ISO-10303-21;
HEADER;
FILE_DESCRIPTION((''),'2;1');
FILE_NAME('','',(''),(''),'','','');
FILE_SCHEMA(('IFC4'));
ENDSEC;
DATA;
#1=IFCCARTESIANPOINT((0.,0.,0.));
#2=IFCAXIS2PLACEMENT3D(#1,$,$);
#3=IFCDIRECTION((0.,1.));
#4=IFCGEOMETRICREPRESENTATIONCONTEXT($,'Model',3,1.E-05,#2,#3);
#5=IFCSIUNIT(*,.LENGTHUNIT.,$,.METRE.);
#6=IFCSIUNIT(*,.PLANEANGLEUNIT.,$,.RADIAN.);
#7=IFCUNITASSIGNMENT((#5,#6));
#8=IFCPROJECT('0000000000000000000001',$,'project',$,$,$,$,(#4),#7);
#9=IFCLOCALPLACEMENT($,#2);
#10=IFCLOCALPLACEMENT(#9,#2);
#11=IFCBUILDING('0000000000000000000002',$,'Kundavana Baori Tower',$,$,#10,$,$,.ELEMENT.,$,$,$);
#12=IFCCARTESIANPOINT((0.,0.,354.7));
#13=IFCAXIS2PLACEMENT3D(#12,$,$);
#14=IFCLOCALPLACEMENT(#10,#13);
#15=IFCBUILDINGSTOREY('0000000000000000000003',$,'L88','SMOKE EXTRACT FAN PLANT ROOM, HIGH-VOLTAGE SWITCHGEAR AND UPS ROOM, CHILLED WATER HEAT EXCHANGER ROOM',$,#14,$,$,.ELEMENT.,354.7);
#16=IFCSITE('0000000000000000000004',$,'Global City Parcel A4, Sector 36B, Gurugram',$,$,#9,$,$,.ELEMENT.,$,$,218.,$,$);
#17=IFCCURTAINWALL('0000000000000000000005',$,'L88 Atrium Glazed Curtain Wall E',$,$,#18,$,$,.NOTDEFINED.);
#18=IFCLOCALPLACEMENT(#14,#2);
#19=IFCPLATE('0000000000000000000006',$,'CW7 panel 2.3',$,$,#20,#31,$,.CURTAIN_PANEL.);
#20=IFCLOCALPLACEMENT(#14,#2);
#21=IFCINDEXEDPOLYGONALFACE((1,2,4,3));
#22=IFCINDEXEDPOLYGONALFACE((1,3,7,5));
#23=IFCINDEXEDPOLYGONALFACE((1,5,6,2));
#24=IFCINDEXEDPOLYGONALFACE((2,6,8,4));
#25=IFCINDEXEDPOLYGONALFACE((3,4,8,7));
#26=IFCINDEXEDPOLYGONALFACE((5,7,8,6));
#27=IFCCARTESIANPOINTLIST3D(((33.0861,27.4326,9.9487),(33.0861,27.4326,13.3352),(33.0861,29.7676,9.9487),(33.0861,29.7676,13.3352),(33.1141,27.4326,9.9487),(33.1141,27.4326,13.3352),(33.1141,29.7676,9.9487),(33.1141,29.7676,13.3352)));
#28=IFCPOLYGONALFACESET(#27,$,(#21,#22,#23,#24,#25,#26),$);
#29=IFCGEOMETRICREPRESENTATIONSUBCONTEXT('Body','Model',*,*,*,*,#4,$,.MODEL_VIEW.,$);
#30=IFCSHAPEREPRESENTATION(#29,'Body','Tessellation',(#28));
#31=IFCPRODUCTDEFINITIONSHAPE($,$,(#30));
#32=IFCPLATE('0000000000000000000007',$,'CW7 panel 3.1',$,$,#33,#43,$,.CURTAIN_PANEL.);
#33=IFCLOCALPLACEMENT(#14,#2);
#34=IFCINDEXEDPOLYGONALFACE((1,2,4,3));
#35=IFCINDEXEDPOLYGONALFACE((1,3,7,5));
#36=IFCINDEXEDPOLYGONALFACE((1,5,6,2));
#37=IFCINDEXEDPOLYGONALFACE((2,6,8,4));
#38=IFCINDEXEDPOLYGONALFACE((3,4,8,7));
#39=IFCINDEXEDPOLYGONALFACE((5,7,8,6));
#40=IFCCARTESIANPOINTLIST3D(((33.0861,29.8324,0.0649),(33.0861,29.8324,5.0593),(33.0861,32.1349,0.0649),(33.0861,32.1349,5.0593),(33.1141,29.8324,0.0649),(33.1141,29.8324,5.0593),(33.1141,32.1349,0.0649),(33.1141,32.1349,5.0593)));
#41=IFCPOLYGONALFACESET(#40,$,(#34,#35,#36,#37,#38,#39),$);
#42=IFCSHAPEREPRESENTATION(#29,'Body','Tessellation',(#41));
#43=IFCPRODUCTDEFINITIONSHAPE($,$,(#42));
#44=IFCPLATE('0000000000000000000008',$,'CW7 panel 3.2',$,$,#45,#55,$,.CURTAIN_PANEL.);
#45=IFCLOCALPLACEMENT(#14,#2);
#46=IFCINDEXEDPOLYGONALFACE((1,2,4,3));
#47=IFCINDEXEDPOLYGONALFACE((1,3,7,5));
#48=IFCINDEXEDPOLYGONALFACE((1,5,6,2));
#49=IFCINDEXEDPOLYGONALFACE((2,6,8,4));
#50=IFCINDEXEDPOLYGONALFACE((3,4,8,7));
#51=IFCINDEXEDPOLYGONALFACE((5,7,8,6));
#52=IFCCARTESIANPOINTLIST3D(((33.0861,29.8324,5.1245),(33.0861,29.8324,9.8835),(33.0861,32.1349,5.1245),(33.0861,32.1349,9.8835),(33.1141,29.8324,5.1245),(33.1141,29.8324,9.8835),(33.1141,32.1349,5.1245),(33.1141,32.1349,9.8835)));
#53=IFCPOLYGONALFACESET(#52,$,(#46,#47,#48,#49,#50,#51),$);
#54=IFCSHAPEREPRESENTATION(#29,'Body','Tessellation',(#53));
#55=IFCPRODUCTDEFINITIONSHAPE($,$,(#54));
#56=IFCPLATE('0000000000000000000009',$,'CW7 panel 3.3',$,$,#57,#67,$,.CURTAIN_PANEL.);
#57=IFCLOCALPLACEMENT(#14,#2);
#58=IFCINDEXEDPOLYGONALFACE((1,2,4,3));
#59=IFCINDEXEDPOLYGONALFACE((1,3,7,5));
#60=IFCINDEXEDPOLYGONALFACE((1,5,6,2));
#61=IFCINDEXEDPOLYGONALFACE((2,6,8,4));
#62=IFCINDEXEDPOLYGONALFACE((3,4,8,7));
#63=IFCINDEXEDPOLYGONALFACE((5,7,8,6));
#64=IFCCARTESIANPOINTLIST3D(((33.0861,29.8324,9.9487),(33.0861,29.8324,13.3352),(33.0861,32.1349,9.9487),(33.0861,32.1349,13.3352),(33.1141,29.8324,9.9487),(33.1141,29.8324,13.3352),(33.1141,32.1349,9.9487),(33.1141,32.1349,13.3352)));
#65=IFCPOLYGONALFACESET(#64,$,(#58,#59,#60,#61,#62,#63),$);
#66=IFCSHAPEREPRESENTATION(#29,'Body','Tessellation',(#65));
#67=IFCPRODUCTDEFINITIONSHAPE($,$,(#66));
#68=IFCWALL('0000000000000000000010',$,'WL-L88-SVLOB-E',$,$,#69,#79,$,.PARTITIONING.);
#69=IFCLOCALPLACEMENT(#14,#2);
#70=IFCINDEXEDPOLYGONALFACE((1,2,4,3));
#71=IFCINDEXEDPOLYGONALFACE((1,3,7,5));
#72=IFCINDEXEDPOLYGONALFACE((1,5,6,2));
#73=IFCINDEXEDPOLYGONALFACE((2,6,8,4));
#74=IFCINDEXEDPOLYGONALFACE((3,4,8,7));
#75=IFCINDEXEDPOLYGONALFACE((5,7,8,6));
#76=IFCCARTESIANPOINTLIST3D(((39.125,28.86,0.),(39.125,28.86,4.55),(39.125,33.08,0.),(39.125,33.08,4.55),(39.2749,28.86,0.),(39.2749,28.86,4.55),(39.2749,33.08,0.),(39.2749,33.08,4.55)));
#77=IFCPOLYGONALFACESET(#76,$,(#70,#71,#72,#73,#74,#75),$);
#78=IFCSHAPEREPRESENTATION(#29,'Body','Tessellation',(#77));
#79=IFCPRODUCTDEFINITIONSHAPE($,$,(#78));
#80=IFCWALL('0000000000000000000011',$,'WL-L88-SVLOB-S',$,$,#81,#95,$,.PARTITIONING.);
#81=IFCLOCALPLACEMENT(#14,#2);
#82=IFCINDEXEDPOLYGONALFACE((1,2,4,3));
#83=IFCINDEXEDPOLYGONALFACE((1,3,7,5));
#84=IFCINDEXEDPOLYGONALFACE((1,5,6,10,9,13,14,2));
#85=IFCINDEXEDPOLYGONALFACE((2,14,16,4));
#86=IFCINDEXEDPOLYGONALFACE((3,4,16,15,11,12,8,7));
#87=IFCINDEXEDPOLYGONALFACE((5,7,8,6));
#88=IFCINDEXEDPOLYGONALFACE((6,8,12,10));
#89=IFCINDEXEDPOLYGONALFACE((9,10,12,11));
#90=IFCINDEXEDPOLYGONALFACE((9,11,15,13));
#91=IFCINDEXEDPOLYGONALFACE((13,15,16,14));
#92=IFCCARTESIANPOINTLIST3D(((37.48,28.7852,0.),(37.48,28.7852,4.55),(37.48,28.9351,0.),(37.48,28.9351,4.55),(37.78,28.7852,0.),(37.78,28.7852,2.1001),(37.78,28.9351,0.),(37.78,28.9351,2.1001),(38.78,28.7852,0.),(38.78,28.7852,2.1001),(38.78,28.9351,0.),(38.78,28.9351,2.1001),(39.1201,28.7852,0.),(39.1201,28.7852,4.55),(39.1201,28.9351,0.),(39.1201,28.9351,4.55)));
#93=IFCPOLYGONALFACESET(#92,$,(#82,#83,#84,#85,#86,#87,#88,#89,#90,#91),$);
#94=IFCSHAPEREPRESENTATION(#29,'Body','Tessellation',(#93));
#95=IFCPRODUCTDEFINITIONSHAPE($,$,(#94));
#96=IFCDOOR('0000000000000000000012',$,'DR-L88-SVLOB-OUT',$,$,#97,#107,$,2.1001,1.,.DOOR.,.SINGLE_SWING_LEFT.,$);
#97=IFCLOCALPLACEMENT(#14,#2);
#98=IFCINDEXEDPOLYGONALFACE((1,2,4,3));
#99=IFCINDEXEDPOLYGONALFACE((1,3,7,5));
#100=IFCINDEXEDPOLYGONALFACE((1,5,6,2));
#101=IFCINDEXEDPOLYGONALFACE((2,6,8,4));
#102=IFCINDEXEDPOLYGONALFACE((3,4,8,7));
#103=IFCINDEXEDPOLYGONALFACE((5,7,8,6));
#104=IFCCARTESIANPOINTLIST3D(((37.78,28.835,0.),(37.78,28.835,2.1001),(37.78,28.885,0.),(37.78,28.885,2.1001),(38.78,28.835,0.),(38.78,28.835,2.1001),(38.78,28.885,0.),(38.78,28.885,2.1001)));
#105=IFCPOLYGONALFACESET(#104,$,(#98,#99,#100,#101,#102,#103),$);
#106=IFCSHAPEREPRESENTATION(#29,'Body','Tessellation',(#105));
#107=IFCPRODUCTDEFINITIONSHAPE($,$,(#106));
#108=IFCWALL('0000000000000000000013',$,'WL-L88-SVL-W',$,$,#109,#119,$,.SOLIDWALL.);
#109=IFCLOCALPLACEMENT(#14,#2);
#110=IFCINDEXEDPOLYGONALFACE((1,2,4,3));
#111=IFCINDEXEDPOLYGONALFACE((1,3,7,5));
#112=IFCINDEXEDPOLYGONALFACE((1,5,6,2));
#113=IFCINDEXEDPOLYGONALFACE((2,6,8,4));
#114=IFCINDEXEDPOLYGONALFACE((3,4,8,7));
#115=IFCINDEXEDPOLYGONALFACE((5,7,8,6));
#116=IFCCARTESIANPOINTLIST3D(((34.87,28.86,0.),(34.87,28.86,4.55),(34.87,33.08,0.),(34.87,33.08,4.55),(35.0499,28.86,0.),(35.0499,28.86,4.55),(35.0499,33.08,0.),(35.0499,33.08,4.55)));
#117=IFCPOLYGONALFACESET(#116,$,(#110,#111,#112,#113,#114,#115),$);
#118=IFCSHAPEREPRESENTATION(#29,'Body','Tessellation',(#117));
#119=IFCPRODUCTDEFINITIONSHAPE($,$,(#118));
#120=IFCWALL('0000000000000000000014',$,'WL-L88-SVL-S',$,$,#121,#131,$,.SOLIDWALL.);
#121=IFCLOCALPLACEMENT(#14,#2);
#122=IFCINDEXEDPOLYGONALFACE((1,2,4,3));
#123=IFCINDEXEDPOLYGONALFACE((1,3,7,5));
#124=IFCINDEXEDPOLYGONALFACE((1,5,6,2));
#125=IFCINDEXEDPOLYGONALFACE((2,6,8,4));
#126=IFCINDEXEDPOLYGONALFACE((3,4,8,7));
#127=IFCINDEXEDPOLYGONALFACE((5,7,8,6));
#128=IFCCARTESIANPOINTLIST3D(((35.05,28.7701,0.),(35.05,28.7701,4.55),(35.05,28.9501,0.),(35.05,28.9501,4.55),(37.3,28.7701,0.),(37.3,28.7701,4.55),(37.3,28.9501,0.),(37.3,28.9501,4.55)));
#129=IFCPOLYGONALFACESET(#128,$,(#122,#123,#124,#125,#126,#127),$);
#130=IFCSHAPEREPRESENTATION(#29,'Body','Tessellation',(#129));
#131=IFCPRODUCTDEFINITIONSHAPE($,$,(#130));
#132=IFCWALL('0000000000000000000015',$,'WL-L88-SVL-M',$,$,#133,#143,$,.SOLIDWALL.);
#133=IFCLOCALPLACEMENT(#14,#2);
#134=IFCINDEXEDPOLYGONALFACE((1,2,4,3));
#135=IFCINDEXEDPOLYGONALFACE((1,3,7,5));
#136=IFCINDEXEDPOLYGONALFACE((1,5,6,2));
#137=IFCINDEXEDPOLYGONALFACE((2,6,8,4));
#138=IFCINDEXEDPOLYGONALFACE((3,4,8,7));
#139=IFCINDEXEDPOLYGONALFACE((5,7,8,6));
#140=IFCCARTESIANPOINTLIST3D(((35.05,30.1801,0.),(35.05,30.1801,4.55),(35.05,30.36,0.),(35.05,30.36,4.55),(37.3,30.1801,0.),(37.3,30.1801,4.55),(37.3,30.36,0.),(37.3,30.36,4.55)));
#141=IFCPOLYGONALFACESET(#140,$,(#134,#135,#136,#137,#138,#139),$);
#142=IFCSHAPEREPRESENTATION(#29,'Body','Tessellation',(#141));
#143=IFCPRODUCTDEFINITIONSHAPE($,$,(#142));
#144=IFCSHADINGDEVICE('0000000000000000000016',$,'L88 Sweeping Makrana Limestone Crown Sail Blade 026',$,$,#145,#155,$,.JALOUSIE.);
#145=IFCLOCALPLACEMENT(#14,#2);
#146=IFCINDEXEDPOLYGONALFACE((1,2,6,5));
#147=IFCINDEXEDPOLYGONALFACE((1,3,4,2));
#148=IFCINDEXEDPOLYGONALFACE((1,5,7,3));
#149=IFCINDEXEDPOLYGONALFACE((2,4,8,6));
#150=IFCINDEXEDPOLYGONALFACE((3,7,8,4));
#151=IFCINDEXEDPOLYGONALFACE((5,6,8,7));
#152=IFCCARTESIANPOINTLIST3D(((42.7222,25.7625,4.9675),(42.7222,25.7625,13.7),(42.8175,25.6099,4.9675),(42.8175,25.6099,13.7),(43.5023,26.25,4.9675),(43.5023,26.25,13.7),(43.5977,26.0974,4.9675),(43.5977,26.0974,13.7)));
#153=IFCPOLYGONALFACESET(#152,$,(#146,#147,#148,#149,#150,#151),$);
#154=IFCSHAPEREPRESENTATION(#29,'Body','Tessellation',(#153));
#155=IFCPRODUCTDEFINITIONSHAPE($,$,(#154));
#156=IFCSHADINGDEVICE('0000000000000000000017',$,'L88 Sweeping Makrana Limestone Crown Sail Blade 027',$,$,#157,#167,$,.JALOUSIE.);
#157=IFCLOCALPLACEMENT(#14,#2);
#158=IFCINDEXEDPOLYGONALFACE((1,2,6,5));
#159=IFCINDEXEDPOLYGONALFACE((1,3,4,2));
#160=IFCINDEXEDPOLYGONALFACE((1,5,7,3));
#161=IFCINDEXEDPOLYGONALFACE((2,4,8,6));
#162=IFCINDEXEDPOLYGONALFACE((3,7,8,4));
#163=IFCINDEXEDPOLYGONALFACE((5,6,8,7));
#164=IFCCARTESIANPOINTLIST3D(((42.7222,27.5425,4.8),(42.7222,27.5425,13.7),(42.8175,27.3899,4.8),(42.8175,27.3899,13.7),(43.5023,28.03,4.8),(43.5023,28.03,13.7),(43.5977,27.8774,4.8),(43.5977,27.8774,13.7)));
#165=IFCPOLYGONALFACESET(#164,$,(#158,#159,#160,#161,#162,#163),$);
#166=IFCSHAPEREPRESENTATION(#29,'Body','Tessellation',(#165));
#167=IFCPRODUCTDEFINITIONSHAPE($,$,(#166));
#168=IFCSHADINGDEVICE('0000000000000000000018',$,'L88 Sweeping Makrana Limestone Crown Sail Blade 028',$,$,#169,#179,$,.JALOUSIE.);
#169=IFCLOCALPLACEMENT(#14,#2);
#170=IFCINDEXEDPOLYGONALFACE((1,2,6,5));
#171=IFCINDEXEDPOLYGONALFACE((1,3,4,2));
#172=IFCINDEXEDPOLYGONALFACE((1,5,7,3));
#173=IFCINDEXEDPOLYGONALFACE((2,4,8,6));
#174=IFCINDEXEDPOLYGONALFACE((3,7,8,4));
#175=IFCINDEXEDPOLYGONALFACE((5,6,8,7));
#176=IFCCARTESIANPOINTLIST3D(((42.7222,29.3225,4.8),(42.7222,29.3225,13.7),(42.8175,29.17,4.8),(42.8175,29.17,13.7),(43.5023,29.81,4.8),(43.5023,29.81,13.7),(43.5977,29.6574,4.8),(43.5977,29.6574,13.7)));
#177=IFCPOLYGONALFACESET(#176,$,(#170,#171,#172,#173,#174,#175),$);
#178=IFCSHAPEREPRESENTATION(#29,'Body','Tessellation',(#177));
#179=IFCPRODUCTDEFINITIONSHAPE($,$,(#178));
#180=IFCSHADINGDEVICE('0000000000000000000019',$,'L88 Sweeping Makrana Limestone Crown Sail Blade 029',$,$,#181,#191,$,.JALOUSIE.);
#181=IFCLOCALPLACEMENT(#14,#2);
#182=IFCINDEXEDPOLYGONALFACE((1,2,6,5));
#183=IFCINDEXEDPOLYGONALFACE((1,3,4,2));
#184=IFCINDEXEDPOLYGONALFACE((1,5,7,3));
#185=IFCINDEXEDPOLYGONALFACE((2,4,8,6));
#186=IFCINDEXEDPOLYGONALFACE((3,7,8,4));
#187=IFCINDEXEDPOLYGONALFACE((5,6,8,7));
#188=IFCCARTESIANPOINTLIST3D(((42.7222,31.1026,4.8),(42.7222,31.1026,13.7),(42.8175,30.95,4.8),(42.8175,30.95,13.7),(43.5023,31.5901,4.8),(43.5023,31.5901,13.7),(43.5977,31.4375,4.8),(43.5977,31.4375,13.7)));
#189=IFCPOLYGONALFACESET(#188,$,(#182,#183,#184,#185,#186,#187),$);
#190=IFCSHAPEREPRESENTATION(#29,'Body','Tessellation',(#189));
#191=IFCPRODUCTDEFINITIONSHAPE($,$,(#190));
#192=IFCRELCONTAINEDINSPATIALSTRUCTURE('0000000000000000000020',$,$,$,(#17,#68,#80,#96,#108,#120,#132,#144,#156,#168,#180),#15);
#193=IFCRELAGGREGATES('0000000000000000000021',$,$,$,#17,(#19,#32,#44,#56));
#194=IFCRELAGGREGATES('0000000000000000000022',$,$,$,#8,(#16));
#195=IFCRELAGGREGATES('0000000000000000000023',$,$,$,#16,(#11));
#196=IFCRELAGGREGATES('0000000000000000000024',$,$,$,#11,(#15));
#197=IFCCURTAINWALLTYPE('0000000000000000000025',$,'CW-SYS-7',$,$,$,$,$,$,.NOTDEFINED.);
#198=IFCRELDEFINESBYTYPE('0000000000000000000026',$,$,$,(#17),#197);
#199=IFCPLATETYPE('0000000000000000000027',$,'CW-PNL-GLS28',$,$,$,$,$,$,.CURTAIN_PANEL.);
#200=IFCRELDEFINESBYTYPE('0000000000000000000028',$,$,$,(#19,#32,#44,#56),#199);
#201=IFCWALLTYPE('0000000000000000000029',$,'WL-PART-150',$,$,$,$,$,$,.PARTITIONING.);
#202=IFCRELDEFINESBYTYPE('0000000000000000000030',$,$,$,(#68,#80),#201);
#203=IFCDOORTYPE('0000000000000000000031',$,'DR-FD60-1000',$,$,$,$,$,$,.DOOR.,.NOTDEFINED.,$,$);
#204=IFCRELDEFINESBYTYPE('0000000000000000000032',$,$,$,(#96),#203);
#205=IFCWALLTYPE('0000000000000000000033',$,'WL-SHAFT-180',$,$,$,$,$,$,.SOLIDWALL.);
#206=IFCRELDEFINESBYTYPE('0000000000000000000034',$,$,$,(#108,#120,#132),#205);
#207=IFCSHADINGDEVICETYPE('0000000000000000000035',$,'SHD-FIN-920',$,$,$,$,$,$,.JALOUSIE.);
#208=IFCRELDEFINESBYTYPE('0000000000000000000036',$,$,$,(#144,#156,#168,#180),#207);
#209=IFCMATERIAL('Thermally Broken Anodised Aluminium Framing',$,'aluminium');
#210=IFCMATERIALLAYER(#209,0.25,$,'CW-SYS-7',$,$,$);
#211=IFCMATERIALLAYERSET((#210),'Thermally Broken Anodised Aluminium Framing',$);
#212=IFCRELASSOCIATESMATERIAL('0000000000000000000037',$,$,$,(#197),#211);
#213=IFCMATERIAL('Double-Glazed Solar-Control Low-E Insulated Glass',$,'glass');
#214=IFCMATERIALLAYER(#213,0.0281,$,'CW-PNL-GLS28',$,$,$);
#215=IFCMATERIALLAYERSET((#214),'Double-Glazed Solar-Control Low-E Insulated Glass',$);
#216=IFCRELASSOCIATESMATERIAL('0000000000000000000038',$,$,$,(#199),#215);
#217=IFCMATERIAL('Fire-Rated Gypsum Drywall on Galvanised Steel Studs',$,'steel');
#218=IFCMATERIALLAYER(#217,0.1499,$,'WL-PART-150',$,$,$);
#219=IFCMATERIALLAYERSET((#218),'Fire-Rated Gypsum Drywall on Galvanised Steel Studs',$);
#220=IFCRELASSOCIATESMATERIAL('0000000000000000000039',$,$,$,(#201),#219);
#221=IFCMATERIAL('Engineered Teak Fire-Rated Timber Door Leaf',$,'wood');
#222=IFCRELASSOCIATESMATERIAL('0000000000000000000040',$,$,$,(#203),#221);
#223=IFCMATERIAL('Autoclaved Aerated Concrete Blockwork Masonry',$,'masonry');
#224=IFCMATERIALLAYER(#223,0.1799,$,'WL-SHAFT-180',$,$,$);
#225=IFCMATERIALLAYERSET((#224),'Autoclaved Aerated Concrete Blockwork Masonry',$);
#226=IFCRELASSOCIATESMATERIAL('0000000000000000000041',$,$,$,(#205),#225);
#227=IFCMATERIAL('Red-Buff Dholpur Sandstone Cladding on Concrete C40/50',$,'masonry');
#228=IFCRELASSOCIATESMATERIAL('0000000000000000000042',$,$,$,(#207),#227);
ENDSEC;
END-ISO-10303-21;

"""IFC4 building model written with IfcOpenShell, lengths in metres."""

from ifc_helpers import new_model, si_unit, direction, frame, frame_2d, origin, origin_2d, place, context, subcontext, project, spatial, rectangle, extrude, material, layer, layer_set, type_object, element, fill, aggregate, save


model = new_model("IFC4")

# Units and contexts
model_context = context("Model", 3, precision=1e-05, world=origin(), true_north=direction((0.0, 1.0)))
body_context = subcontext(model_context, "Body", "Model", "MODEL_VIEW")
ifc_project = project(units=[si_unit("LENGTHUNIT", "METRE"), si_unit("PLANEANGLEUNIT", "RADIAN")], contexts=[model_context])

# Site, building, storey
site_placement = place(None, origin())
site = spatial("IfcSite", under=ifc_project, at=site_placement, Name="Global City Parcel A4, Sector 36B, Gurugram", CompositionType="ELEMENT", RefElevation=218.0)
building_placement = place(site_placement, origin())
building = spatial("IfcBuilding", under=site, at=building_placement, Name="Kundavana Baori Tower", CompositionType="ELEMENT")
storey_placement = place(building_placement, frame((0.0, 0.0, 354.7)))
storey = spatial("IfcBuildingStorey", under=building, at=storey_placement, Name="L88", Description="SMOKE EXTRACT FAN PLANT ROOM, HIGH-VOLTAGE SWITCHGEAR AND UPS ROOM, CHILLED WATER HEAT EXCHANGER ROOM", CompositionType="ELEMENT", Elevation=354.7)

# Curtain wall, plates
ifc_material_1 = material(Name="Thermally Broken Anodised Aluminium Framing", Category="aluminium")
ifc_layer_1 = layer(ifc_material_1, 0.25, Name="CW-SYS-7")
ifc_layer_set_1 = layer_set([ifc_layer_1], Name="Thermally Broken Anodised Aluminium Framing")
curtain_wall_type = type_object("IfcCurtainWallType", Name="CW-SYS-7", PredefinedType="NOTDEFINED", material=ifc_layer_set_1)
curtain_wall_placement = place(storey_placement, origin())
curtain_wall = element("IfcCurtainWall", 1, at=curtain_wall_placement, inside=storey, type_object=curtain_wall_type, Name="L88 Atrium Glazed Curtain Wall E", PredefinedType="NOTDEFINED")
ifc_material_2 = material(Name="Double-Glazed Solar-Control Low-E Insulated Glass", Category="glass")
ifc_layer_2 = layer(ifc_material_2, 0.0281, Name="CW-PNL-GLS28")
ifc_layer_set_2 = layer_set([ifc_layer_2], Name="Double-Glazed Solar-Control Low-E Insulated Glass")
plate_type = type_object("IfcPlateType", Name="CW-PNL-GLS28", PredefinedType="CURTAIN_PANEL", material=ifc_layer_set_2)
plate_1_placement = place(storey_placement, frame((33.1001, 28.6001, 9.9487), z_axis=(0.0, 0.0, 1.0), x_axis=(0.0, 1.0, 0.0)))
plate_1 = element("IfcPlate", 2, at=plate_1_placement, type_object=plate_type, Name="CW7 panel 2.3", PredefinedType="CURTAIN_PANEL", context=body_context, shape_type="SweptSolid", body=[
    extrude(rectangle(XDim=2.335, YDim=0.0281, at=origin_2d()), origin(), (0.0, 0.0, 1.0), 3.3865),
])
plate_2_placement = place(storey_placement, frame((33.1001, 30.9836, 0.0649), z_axis=(0.0, 0.0, 1.0), x_axis=(0.0, 1.0, 0.0)))
plate_2 = element("IfcPlate", 3, at=plate_2_placement, type_object=plate_type, Name="CW7 panel 3.1", PredefinedType="CURTAIN_PANEL", context=body_context, shape_type="SweptSolid", body=[
    extrude(rectangle(XDim=2.3025, YDim=0.0281, at=origin_2d()), origin(), (0.0, 0.0, 1.0), 4.9944),
])
plate_3_placement = place(storey_placement, frame((33.1001, 30.9836, 5.1245), z_axis=(0.0, 0.0, 1.0), x_axis=(0.0, 1.0, 0.0)))
plate_3 = element("IfcPlate", 4, at=plate_3_placement, type_object=plate_type, Name="CW7 panel 3.2", PredefinedType="CURTAIN_PANEL", context=body_context, shape_type="SweptSolid", body=[
    extrude(rectangle(XDim=2.3025, YDim=0.0281, at=origin_2d()), origin(), (0.0, 0.0, 1.0), 4.759),
])
plate_4_placement = place(storey_placement, frame((33.1001, 30.9836, 9.9487), z_axis=(0.0, 0.0, 1.0), x_axis=(0.0, 1.0, 0.0)))
plate_4 = element("IfcPlate", 5, at=plate_4_placement, type_object=plate_type, Name="CW7 panel 3.3", PredefinedType="CURTAIN_PANEL", context=body_context, shape_type="SweptSolid", body=[
    extrude(rectangle(XDim=2.3025, YDim=0.0281, at=origin_2d()), origin(), (0.0, 0.0, 1.0), 3.3865),
])
aggregate(curtain_wall, [plate_1, plate_2, plate_3, plate_4])

# Wall
ifc_material_3 = material(Name="Fire-Rated Gypsum Drywall on Galvanised Steel Studs", Category="steel")
ifc_layer_3 = layer(ifc_material_3, 0.1499, Name="WL-PART-150")
ifc_layer_set_3 = layer_set([ifc_layer_3], Name="Fire-Rated Gypsum Drywall on Galvanised Steel Studs")
wall_type_1 = type_object("IfcWallType", Name="WL-PART-150", PredefinedType="PARTITIONING", material=ifc_layer_set_3)
wall_1_placement = place(storey_placement, frame((39.2, 28.8601, 0.0), z_axis=(0.0, 0.0, 1.0), x_axis=(0.0, 1.0, 0.0)))
element("IfcWall", 6, at=wall_1_placement, inside=storey, type_object=wall_type_1, Name="WL-L88-SVLOB-E", PredefinedType="PARTITIONING", context=body_context, shape_type="SweptSolid", body=[
    extrude(rectangle(XDim=4.22, YDim=0.1499, at=frame_2d((2.1099, 0.0))), origin(), (0.0, 0.0, 1.0), 4.55),
])

# Wall, opening, door
wall_2_placement = place(storey_placement, frame((37.48, 28.8601, 0.0), z_axis=(0.0, 0.0, 1.0), x_axis=(1.0, 0.0, 0.0)))
wall_2 = element("IfcWall", 7, at=wall_2_placement, inside=storey, type_object=wall_type_1, Name="WL-L88-SVLOB-S", PredefinedType="PARTITIONING", context=body_context, shape_type="SweptSolid", body=[
    extrude(rectangle(XDim=1.6401, YDim=0.1499, at=frame_2d((0.8201, 0.0))), origin(), (0.0, 0.0, 1.0), 4.55),
])
opening_1_placement = place(wall_2_placement, frame((0.3, 0.0, 0.0)))
opening_1 = element("IfcOpeningElement", 8, at=opening_1_placement, cuts=wall_2, PredefinedType="OPENING", context=body_context, shape_type="SweptSolid", body=[
    extrude(rectangle(XDim=1.0, YDim=2.1001, at=frame_2d((0.5, 1.05))), frame((0.0, 0.085, 0.0), z_axis=(0.0, -1.0, 0.0), x_axis=(1.0, 0.0, 0.0)), (0.0, 0.0, 1.0), 0.1699),
])
ifc_material_4 = material(Name="Engineered Teak Fire-Rated Timber Door Leaf", Category="wood")
door_type_1 = type_object("IfcDoorType", Name="DR-FD60-1000", OperationType="NOTDEFINED", PredefinedType="DOOR", material=ifc_material_4)
door_1_placement = place(opening_1_placement, origin())
door_1 = element("IfcDoor", 9, at=door_1_placement, inside=storey, type_object=door_type_1, Name="DR-L88-SVLOB-OUT", OperationType="SINGLE_SWING_LEFT", OverallHeight=2.1001, OverallWidth=1.0, PredefinedType="DOOR", context=body_context, shape_type="SweptSolid", body=[
    extrude(rectangle(XDim=1.0, YDim=2.1001, at=frame_2d((0.5, 1.05))), frame((0.0, 0.0249, 0.0), z_axis=(0.0, -1.0, 0.0), x_axis=(1.0, 0.0, 0.0)), (0.0, 0.0, 1.0), 0.05),
])
fill(opening_1, door_1)

# Wall
ifc_material_5 = material(Name="Autoclaved Aerated Concrete Blockwork Masonry", Category="masonry")
ifc_layer_4 = layer(ifc_material_5, 0.1799, Name="WL-SHAFT-180")
ifc_layer_set_4 = layer_set([ifc_layer_4], Name="Autoclaved Aerated Concrete Blockwork Masonry")
wall_type_2 = type_object("IfcWallType", Name="WL-SHAFT-180", PredefinedType="SOLIDWALL", material=ifc_layer_set_4)
wall_3_placement = place(storey_placement, frame((34.96, 28.8601, 0.0), z_axis=(0.0, 0.0, 1.0), x_axis=(0.0, 1.0, 0.0)))
element("IfcWall", 10, at=wall_3_placement, inside=storey, type_object=wall_type_2, Name="WL-L88-SVL-W", PredefinedType="SOLIDWALL", context=body_context, shape_type="SweptSolid", body=[
    extrude(rectangle(XDim=4.22, YDim=0.1799, at=frame_2d((2.1099, 0.0))), origin(), (0.0, 0.0, 1.0), 4.55),
])

# Walls
for number, where, z_axis, x_axis, name in (
    (11, (35.05, 28.8601, 0.0), (0.0, 0.0, 1.0), (1.0, 0.0, 0.0), "WL-L88-SVL-S"),
    (12, (35.05, 30.27, 0.0), (0.0, 0.0, 1.0), (1.0, 0.0, 0.0), "WL-L88-SVL-M"),
):
    element("IfcWall", number, at=place(storey_placement, frame(where, z_axis=z_axis, x_axis=x_axis)), inside=storey, type_object=wall_type_2, Name=name, PredefinedType="SOLIDWALL", context=body_context, shape_type="SweptSolid", body=[
        extrude(rectangle(XDim=2.25, YDim=0.1799, at=frame_2d((1.125, 0.0))), origin(), (0.0, 0.0, 1.0), 4.55),
    ])

# Shading devices
ifc_material_6 = material(Name="Red-Buff Dholpur Sandstone Cladding on Concrete C40/50", Category="masonry")
shading_device_type = type_object("IfcShadingDeviceType", Name="SHD-FIN-920", PredefinedType="JALOUSIE", material=ifc_material_6)
shading_device_placement = place(storey_placement, frame((43.1599, 25.9299, 4.9675), z_axis=(0.0, 0.0, 1.0), x_axis=(-0.529919, 0.848048, 0.0)))
element("IfcShadingDevice", 13, at=shading_device_placement, inside=storey, type_object=shading_device_type, Name="L88 Sweeping Makrana Limestone Crown Sail Blade 026", PredefinedType="JALOUSIE", context=body_context, shape_type="SweptSolid", body=[
    extrude(rectangle(XDim=0.1799, YDim=0.9199, at=origin_2d()), origin(), (0.0, 0.0, 1.0), 8.7324),
])
for number, where, z_axis, x_axis, name in (
    (14, (43.1599, 27.71, 4.8), (0.0, 0.0, 1.0), (-0.529919, 0.848048, 0.0), "L88 Sweeping Makrana Limestone Crown Sail Blade 027"),
    (15, (43.1599, 29.49, 4.8), (0.0, 0.0, 1.0), (-0.529919, 0.848048, 0.0), "L88 Sweeping Makrana Limestone Crown Sail Blade 028"),
    (16, (43.1599, 31.27, 4.8), (0.0, 0.0, 1.0), (-0.529919, 0.848048, 0.0), "L88 Sweeping Makrana Limestone Crown Sail Blade 029"),
):
    element("IfcShadingDevice", number, at=place(storey_placement, frame(where, z_axis=z_axis, x_axis=x_axis)), inside=storey, type_object=shading_device_type, Name=name, PredefinedType="JALOUSIE", context=body_context, shape_type="SweptSolid", body=[
        extrude(rectangle(XDim=0.1799, YDim=0.9199, at=origin_2d()), origin(), (0.0, 0.0, 1.0), 8.8999),
    ])

save(model, "model.ifc")
